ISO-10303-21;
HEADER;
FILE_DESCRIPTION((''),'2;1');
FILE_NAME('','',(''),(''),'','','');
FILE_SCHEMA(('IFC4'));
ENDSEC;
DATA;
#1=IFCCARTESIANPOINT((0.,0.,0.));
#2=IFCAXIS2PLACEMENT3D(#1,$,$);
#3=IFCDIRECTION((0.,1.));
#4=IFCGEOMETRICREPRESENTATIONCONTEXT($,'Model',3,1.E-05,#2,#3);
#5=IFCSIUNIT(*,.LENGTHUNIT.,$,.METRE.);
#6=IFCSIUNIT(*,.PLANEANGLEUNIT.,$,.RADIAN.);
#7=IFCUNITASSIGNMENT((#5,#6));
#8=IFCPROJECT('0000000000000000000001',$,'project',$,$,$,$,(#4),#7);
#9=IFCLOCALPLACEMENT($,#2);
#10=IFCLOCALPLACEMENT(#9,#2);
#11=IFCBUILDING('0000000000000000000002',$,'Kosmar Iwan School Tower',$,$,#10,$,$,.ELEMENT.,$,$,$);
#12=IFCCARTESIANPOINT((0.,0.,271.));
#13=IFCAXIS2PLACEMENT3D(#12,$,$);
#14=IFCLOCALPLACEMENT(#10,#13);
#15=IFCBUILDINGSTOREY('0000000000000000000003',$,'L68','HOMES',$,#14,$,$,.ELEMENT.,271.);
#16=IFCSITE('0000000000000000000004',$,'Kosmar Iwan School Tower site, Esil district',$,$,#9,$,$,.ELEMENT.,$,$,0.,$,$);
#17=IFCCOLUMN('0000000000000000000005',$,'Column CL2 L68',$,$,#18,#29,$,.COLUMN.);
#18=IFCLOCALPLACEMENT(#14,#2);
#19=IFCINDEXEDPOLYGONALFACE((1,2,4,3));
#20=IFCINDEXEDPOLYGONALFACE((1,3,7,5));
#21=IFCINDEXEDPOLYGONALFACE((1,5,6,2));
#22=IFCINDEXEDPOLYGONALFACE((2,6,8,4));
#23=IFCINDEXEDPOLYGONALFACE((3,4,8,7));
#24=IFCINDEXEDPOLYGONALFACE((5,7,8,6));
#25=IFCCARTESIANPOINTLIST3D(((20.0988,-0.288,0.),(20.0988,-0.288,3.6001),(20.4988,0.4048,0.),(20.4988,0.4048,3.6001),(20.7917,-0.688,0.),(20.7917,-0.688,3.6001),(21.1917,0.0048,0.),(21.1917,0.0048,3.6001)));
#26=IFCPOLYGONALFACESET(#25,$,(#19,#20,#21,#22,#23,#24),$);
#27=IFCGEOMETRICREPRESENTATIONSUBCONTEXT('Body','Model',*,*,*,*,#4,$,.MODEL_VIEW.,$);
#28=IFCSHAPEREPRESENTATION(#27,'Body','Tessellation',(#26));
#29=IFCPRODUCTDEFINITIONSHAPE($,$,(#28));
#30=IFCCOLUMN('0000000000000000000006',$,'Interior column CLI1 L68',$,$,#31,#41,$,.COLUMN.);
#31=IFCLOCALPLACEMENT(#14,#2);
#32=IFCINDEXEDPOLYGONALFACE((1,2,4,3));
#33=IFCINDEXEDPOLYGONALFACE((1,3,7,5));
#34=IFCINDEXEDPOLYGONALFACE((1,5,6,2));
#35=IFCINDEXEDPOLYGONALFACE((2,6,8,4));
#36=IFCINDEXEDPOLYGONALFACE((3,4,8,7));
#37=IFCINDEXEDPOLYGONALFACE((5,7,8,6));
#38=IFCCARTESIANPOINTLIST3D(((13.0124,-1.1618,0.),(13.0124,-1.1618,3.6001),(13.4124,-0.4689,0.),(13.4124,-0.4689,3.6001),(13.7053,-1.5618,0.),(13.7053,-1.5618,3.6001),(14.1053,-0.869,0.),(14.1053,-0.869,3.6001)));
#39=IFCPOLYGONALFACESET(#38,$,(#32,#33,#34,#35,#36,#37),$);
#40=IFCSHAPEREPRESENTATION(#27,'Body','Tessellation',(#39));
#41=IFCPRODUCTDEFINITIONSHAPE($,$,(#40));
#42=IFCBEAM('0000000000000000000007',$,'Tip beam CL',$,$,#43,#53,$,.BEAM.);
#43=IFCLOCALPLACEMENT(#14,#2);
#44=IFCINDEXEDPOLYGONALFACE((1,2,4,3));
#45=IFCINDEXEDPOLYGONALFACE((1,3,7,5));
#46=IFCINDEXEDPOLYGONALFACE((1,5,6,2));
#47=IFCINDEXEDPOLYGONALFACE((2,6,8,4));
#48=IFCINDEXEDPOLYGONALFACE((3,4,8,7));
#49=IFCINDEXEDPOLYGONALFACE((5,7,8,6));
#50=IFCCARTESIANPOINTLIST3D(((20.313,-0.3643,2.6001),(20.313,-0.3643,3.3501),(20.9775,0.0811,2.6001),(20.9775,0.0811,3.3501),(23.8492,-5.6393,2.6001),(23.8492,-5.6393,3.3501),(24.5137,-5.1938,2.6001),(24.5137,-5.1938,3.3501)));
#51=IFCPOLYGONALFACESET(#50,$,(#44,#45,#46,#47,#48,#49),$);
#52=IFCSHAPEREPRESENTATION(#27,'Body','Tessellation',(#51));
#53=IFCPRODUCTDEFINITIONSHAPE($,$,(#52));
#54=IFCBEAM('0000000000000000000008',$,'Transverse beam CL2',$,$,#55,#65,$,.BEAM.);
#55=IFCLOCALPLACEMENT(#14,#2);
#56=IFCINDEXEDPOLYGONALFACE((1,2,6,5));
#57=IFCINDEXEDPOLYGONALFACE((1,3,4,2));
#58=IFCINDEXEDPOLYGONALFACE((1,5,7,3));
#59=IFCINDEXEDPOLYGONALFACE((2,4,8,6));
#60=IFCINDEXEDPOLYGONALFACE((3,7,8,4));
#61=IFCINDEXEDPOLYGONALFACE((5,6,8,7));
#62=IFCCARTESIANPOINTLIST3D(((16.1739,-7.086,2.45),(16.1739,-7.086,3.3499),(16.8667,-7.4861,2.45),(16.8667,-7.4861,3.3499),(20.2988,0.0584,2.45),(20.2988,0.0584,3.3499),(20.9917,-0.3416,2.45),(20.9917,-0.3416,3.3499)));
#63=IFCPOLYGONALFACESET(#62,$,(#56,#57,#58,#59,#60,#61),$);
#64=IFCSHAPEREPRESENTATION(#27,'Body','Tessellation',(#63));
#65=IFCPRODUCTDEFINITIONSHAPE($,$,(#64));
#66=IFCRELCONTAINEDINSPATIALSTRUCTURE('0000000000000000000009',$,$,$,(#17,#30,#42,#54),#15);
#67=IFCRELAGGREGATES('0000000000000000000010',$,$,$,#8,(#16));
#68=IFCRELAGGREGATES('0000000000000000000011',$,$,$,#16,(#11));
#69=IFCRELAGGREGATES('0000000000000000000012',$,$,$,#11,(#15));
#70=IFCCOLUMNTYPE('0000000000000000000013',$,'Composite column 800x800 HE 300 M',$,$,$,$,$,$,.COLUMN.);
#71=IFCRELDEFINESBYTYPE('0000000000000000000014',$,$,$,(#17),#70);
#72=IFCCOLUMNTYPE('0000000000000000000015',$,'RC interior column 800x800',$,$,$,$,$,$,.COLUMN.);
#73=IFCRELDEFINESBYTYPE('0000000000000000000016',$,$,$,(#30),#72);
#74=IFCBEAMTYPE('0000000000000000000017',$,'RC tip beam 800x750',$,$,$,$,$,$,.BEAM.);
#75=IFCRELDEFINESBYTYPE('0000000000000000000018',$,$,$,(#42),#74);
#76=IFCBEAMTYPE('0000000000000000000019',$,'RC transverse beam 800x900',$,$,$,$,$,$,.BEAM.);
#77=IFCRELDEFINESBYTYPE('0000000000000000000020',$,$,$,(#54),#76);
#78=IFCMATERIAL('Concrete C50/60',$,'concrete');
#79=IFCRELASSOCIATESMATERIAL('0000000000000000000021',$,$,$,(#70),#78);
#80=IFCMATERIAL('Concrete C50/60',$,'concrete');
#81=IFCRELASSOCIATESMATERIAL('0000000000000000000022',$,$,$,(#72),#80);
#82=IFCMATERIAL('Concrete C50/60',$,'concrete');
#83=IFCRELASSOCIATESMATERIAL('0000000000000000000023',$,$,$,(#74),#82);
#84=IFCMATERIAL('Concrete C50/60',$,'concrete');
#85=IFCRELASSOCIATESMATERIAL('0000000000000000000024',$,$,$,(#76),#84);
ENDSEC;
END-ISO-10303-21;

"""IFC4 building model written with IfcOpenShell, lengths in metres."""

from ifc_helpers import new_model, si_unit, direction, frame, origin, origin_2d, place, context, subcontext, project, spatial, rectangle, extrude, material, material_profile, profile_set, type_object, element, save


model = new_model("IFC4")

# Units and contexts
model_context = context("Model", 3, precision=1e-05, world=origin(), true_north=direction((0.0, 1.0)))
body_context = subcontext(model_context, "Body", "Model", "MODEL_VIEW")
ifc_project = project(units=[si_unit("LENGTHUNIT", "METRE"), si_unit("PLANEANGLEUNIT", "RADIAN")], contexts=[model_context])

# Site, building, storey
site_placement = place(None, origin())
site = spatial("IfcSite", under=ifc_project, at=site_placement, Name="Kosmar Iwan School Tower site, Esil district", CompositionType="ELEMENT", RefElevation=0.0)
building_placement = place(site_placement, origin())
building = spatial("IfcBuilding", under=site, at=building_placement, Name="Kosmar Iwan School Tower", CompositionType="ELEMENT")
storey_placement = place(building_placement, frame((0.0, 0.0, 271.0)))
storey = spatial("IfcBuildingStorey", under=building, at=storey_placement, Name="L68", Description="HOMES", CompositionType="ELEMENT", Elevation=271.0)

# Columns
ifc_material_1 = material(Name="Concrete C50/60", Category="concrete")
ifc_material_profile_1 = material_profile(ifc_material_1, rectangle(XDim=0.8, YDim=0.8, at=origin_2d()), Name="RC 800x800 + HE 300 M")
ifc_profile_set_1 = profile_set([ifc_material_profile_1], Name="Concrete C50/60")
column_type_1 = type_object("IfcColumnType", Name="Composite column 800x800 HE 300 M", PredefinedType="COLUMN", material=ifc_profile_set_1)
column_1_placement = place(storey_placement, frame((20.6453, -0.1416, 0.0), z_axis=(0.0, 0.0, 1.0), x_axis=(0.866025, -0.5, 0.0)))
element("IfcColumn", 1, at=column_1_placement, inside=storey, type_object=column_type_1, Name="Column CL2 L68", PredefinedType="COLUMN", context=body_context, shape_type="SweptSolid", body=[
    extrude(rectangle(XDim=0.8, YDim=0.8, at=origin_2d()), origin(), (0.0, 0.0, 1.0), 3.6001),
])
ifc_material_2 = material(Name="Concrete C50/60", Category="concrete")
ifc_material_profile_2 = material_profile(ifc_material_2, rectangle(XDim=0.8, YDim=0.8, at=origin_2d()), Name="RC 800x800")
ifc_profile_set_2 = profile_set([ifc_material_profile_2], Name="Concrete C50/60")
column_type_2 = type_object("IfcColumnType", Name="RC interior column 800x800", PredefinedType="COLUMN", material=ifc_profile_set_2)
column_2_placement = place(storey_placement, frame((13.5588, -1.0154, 0.0), z_axis=(0.0, 0.0, 1.0), x_axis=(0.866025, -0.5, 0.0)))
element("IfcColumn", 2, at=column_2_placement, inside=storey, type_object=column_type_2, Name="Interior column CLI1 L68", PredefinedType="COLUMN", context=body_context, shape_type="SweptSolid", body=[
    extrude(rectangle(XDim=0.8, YDim=0.8, at=origin_2d()), origin(), (0.0, 0.0, 1.0), 3.6001),
])

# Beams
ifc_material_3 = material(Name="Concrete C50/60", Category="concrete")
ifc_material_profile_3 = material_profile(ifc_material_3, rectangle(XDim=0.8, YDim=0.75, at=origin_2d()), Name="RC 800x750")
ifc_profile_set_3 = profile_set([ifc_material_profile_3], Name="Concrete C50/60")
beam_type_1 = type_object("IfcBeamType", Name="RC tip beam 800x750", PredefinedType="BEAM", material=ifc_profile_set_3)
beam_1_placement = place(storey_placement, frame((20.6453, -0.1416, 2.9751), z_axis=(0.556828, -0.830628, 0.0), x_axis=(0.830628, 0.556828, 0.0)))
element("IfcBeam", 3, at=beam_1_placement, inside=storey, type_object=beam_type_1, Name="Tip beam CL", PredefinedType="BEAM", context=body_context, shape_type="SweptSolid", body=[
    extrude(rectangle(XDim=0.8, YDim=0.75, at=origin_2d()), origin(), (0.0, 0.0, 1.0), 6.3506),
])
ifc_material_4 = material(Name="Concrete C50/60", Category="concrete")
ifc_material_profile_4 = material_profile(ifc_material_4, rectangle(XDim=0.8, YDim=0.8999, at=origin_2d()), Name="RC 800x900")
ifc_profile_set_4 = profile_set([ifc_material_profile_4], Name="Concrete C50/60")
beam_type_2 = type_object("IfcBeamType", Name="RC transverse beam 800x900", PredefinedType="BEAM", material=ifc_profile_set_4)
beam_2_placement = place(storey_placement, frame((20.6453, -0.1416, 2.8999), z_axis=(-0.500009, -0.86602, 0.0), x_axis=(0.86602, -0.500009, 0.0)))
element("IfcBeam", 4, at=beam_2_placement, inside=storey, type_object=beam_type_2, Name="Transverse beam CL2", PredefinedType="BEAM", context=body_context, shape_type="SweptSolid", body=[
    extrude(rectangle(XDim=0.8, YDim=0.8999, at=origin_2d()), origin(), (0.0, 0.0, 1.0), 8.2498),
])

save(model, "model.ifc")
